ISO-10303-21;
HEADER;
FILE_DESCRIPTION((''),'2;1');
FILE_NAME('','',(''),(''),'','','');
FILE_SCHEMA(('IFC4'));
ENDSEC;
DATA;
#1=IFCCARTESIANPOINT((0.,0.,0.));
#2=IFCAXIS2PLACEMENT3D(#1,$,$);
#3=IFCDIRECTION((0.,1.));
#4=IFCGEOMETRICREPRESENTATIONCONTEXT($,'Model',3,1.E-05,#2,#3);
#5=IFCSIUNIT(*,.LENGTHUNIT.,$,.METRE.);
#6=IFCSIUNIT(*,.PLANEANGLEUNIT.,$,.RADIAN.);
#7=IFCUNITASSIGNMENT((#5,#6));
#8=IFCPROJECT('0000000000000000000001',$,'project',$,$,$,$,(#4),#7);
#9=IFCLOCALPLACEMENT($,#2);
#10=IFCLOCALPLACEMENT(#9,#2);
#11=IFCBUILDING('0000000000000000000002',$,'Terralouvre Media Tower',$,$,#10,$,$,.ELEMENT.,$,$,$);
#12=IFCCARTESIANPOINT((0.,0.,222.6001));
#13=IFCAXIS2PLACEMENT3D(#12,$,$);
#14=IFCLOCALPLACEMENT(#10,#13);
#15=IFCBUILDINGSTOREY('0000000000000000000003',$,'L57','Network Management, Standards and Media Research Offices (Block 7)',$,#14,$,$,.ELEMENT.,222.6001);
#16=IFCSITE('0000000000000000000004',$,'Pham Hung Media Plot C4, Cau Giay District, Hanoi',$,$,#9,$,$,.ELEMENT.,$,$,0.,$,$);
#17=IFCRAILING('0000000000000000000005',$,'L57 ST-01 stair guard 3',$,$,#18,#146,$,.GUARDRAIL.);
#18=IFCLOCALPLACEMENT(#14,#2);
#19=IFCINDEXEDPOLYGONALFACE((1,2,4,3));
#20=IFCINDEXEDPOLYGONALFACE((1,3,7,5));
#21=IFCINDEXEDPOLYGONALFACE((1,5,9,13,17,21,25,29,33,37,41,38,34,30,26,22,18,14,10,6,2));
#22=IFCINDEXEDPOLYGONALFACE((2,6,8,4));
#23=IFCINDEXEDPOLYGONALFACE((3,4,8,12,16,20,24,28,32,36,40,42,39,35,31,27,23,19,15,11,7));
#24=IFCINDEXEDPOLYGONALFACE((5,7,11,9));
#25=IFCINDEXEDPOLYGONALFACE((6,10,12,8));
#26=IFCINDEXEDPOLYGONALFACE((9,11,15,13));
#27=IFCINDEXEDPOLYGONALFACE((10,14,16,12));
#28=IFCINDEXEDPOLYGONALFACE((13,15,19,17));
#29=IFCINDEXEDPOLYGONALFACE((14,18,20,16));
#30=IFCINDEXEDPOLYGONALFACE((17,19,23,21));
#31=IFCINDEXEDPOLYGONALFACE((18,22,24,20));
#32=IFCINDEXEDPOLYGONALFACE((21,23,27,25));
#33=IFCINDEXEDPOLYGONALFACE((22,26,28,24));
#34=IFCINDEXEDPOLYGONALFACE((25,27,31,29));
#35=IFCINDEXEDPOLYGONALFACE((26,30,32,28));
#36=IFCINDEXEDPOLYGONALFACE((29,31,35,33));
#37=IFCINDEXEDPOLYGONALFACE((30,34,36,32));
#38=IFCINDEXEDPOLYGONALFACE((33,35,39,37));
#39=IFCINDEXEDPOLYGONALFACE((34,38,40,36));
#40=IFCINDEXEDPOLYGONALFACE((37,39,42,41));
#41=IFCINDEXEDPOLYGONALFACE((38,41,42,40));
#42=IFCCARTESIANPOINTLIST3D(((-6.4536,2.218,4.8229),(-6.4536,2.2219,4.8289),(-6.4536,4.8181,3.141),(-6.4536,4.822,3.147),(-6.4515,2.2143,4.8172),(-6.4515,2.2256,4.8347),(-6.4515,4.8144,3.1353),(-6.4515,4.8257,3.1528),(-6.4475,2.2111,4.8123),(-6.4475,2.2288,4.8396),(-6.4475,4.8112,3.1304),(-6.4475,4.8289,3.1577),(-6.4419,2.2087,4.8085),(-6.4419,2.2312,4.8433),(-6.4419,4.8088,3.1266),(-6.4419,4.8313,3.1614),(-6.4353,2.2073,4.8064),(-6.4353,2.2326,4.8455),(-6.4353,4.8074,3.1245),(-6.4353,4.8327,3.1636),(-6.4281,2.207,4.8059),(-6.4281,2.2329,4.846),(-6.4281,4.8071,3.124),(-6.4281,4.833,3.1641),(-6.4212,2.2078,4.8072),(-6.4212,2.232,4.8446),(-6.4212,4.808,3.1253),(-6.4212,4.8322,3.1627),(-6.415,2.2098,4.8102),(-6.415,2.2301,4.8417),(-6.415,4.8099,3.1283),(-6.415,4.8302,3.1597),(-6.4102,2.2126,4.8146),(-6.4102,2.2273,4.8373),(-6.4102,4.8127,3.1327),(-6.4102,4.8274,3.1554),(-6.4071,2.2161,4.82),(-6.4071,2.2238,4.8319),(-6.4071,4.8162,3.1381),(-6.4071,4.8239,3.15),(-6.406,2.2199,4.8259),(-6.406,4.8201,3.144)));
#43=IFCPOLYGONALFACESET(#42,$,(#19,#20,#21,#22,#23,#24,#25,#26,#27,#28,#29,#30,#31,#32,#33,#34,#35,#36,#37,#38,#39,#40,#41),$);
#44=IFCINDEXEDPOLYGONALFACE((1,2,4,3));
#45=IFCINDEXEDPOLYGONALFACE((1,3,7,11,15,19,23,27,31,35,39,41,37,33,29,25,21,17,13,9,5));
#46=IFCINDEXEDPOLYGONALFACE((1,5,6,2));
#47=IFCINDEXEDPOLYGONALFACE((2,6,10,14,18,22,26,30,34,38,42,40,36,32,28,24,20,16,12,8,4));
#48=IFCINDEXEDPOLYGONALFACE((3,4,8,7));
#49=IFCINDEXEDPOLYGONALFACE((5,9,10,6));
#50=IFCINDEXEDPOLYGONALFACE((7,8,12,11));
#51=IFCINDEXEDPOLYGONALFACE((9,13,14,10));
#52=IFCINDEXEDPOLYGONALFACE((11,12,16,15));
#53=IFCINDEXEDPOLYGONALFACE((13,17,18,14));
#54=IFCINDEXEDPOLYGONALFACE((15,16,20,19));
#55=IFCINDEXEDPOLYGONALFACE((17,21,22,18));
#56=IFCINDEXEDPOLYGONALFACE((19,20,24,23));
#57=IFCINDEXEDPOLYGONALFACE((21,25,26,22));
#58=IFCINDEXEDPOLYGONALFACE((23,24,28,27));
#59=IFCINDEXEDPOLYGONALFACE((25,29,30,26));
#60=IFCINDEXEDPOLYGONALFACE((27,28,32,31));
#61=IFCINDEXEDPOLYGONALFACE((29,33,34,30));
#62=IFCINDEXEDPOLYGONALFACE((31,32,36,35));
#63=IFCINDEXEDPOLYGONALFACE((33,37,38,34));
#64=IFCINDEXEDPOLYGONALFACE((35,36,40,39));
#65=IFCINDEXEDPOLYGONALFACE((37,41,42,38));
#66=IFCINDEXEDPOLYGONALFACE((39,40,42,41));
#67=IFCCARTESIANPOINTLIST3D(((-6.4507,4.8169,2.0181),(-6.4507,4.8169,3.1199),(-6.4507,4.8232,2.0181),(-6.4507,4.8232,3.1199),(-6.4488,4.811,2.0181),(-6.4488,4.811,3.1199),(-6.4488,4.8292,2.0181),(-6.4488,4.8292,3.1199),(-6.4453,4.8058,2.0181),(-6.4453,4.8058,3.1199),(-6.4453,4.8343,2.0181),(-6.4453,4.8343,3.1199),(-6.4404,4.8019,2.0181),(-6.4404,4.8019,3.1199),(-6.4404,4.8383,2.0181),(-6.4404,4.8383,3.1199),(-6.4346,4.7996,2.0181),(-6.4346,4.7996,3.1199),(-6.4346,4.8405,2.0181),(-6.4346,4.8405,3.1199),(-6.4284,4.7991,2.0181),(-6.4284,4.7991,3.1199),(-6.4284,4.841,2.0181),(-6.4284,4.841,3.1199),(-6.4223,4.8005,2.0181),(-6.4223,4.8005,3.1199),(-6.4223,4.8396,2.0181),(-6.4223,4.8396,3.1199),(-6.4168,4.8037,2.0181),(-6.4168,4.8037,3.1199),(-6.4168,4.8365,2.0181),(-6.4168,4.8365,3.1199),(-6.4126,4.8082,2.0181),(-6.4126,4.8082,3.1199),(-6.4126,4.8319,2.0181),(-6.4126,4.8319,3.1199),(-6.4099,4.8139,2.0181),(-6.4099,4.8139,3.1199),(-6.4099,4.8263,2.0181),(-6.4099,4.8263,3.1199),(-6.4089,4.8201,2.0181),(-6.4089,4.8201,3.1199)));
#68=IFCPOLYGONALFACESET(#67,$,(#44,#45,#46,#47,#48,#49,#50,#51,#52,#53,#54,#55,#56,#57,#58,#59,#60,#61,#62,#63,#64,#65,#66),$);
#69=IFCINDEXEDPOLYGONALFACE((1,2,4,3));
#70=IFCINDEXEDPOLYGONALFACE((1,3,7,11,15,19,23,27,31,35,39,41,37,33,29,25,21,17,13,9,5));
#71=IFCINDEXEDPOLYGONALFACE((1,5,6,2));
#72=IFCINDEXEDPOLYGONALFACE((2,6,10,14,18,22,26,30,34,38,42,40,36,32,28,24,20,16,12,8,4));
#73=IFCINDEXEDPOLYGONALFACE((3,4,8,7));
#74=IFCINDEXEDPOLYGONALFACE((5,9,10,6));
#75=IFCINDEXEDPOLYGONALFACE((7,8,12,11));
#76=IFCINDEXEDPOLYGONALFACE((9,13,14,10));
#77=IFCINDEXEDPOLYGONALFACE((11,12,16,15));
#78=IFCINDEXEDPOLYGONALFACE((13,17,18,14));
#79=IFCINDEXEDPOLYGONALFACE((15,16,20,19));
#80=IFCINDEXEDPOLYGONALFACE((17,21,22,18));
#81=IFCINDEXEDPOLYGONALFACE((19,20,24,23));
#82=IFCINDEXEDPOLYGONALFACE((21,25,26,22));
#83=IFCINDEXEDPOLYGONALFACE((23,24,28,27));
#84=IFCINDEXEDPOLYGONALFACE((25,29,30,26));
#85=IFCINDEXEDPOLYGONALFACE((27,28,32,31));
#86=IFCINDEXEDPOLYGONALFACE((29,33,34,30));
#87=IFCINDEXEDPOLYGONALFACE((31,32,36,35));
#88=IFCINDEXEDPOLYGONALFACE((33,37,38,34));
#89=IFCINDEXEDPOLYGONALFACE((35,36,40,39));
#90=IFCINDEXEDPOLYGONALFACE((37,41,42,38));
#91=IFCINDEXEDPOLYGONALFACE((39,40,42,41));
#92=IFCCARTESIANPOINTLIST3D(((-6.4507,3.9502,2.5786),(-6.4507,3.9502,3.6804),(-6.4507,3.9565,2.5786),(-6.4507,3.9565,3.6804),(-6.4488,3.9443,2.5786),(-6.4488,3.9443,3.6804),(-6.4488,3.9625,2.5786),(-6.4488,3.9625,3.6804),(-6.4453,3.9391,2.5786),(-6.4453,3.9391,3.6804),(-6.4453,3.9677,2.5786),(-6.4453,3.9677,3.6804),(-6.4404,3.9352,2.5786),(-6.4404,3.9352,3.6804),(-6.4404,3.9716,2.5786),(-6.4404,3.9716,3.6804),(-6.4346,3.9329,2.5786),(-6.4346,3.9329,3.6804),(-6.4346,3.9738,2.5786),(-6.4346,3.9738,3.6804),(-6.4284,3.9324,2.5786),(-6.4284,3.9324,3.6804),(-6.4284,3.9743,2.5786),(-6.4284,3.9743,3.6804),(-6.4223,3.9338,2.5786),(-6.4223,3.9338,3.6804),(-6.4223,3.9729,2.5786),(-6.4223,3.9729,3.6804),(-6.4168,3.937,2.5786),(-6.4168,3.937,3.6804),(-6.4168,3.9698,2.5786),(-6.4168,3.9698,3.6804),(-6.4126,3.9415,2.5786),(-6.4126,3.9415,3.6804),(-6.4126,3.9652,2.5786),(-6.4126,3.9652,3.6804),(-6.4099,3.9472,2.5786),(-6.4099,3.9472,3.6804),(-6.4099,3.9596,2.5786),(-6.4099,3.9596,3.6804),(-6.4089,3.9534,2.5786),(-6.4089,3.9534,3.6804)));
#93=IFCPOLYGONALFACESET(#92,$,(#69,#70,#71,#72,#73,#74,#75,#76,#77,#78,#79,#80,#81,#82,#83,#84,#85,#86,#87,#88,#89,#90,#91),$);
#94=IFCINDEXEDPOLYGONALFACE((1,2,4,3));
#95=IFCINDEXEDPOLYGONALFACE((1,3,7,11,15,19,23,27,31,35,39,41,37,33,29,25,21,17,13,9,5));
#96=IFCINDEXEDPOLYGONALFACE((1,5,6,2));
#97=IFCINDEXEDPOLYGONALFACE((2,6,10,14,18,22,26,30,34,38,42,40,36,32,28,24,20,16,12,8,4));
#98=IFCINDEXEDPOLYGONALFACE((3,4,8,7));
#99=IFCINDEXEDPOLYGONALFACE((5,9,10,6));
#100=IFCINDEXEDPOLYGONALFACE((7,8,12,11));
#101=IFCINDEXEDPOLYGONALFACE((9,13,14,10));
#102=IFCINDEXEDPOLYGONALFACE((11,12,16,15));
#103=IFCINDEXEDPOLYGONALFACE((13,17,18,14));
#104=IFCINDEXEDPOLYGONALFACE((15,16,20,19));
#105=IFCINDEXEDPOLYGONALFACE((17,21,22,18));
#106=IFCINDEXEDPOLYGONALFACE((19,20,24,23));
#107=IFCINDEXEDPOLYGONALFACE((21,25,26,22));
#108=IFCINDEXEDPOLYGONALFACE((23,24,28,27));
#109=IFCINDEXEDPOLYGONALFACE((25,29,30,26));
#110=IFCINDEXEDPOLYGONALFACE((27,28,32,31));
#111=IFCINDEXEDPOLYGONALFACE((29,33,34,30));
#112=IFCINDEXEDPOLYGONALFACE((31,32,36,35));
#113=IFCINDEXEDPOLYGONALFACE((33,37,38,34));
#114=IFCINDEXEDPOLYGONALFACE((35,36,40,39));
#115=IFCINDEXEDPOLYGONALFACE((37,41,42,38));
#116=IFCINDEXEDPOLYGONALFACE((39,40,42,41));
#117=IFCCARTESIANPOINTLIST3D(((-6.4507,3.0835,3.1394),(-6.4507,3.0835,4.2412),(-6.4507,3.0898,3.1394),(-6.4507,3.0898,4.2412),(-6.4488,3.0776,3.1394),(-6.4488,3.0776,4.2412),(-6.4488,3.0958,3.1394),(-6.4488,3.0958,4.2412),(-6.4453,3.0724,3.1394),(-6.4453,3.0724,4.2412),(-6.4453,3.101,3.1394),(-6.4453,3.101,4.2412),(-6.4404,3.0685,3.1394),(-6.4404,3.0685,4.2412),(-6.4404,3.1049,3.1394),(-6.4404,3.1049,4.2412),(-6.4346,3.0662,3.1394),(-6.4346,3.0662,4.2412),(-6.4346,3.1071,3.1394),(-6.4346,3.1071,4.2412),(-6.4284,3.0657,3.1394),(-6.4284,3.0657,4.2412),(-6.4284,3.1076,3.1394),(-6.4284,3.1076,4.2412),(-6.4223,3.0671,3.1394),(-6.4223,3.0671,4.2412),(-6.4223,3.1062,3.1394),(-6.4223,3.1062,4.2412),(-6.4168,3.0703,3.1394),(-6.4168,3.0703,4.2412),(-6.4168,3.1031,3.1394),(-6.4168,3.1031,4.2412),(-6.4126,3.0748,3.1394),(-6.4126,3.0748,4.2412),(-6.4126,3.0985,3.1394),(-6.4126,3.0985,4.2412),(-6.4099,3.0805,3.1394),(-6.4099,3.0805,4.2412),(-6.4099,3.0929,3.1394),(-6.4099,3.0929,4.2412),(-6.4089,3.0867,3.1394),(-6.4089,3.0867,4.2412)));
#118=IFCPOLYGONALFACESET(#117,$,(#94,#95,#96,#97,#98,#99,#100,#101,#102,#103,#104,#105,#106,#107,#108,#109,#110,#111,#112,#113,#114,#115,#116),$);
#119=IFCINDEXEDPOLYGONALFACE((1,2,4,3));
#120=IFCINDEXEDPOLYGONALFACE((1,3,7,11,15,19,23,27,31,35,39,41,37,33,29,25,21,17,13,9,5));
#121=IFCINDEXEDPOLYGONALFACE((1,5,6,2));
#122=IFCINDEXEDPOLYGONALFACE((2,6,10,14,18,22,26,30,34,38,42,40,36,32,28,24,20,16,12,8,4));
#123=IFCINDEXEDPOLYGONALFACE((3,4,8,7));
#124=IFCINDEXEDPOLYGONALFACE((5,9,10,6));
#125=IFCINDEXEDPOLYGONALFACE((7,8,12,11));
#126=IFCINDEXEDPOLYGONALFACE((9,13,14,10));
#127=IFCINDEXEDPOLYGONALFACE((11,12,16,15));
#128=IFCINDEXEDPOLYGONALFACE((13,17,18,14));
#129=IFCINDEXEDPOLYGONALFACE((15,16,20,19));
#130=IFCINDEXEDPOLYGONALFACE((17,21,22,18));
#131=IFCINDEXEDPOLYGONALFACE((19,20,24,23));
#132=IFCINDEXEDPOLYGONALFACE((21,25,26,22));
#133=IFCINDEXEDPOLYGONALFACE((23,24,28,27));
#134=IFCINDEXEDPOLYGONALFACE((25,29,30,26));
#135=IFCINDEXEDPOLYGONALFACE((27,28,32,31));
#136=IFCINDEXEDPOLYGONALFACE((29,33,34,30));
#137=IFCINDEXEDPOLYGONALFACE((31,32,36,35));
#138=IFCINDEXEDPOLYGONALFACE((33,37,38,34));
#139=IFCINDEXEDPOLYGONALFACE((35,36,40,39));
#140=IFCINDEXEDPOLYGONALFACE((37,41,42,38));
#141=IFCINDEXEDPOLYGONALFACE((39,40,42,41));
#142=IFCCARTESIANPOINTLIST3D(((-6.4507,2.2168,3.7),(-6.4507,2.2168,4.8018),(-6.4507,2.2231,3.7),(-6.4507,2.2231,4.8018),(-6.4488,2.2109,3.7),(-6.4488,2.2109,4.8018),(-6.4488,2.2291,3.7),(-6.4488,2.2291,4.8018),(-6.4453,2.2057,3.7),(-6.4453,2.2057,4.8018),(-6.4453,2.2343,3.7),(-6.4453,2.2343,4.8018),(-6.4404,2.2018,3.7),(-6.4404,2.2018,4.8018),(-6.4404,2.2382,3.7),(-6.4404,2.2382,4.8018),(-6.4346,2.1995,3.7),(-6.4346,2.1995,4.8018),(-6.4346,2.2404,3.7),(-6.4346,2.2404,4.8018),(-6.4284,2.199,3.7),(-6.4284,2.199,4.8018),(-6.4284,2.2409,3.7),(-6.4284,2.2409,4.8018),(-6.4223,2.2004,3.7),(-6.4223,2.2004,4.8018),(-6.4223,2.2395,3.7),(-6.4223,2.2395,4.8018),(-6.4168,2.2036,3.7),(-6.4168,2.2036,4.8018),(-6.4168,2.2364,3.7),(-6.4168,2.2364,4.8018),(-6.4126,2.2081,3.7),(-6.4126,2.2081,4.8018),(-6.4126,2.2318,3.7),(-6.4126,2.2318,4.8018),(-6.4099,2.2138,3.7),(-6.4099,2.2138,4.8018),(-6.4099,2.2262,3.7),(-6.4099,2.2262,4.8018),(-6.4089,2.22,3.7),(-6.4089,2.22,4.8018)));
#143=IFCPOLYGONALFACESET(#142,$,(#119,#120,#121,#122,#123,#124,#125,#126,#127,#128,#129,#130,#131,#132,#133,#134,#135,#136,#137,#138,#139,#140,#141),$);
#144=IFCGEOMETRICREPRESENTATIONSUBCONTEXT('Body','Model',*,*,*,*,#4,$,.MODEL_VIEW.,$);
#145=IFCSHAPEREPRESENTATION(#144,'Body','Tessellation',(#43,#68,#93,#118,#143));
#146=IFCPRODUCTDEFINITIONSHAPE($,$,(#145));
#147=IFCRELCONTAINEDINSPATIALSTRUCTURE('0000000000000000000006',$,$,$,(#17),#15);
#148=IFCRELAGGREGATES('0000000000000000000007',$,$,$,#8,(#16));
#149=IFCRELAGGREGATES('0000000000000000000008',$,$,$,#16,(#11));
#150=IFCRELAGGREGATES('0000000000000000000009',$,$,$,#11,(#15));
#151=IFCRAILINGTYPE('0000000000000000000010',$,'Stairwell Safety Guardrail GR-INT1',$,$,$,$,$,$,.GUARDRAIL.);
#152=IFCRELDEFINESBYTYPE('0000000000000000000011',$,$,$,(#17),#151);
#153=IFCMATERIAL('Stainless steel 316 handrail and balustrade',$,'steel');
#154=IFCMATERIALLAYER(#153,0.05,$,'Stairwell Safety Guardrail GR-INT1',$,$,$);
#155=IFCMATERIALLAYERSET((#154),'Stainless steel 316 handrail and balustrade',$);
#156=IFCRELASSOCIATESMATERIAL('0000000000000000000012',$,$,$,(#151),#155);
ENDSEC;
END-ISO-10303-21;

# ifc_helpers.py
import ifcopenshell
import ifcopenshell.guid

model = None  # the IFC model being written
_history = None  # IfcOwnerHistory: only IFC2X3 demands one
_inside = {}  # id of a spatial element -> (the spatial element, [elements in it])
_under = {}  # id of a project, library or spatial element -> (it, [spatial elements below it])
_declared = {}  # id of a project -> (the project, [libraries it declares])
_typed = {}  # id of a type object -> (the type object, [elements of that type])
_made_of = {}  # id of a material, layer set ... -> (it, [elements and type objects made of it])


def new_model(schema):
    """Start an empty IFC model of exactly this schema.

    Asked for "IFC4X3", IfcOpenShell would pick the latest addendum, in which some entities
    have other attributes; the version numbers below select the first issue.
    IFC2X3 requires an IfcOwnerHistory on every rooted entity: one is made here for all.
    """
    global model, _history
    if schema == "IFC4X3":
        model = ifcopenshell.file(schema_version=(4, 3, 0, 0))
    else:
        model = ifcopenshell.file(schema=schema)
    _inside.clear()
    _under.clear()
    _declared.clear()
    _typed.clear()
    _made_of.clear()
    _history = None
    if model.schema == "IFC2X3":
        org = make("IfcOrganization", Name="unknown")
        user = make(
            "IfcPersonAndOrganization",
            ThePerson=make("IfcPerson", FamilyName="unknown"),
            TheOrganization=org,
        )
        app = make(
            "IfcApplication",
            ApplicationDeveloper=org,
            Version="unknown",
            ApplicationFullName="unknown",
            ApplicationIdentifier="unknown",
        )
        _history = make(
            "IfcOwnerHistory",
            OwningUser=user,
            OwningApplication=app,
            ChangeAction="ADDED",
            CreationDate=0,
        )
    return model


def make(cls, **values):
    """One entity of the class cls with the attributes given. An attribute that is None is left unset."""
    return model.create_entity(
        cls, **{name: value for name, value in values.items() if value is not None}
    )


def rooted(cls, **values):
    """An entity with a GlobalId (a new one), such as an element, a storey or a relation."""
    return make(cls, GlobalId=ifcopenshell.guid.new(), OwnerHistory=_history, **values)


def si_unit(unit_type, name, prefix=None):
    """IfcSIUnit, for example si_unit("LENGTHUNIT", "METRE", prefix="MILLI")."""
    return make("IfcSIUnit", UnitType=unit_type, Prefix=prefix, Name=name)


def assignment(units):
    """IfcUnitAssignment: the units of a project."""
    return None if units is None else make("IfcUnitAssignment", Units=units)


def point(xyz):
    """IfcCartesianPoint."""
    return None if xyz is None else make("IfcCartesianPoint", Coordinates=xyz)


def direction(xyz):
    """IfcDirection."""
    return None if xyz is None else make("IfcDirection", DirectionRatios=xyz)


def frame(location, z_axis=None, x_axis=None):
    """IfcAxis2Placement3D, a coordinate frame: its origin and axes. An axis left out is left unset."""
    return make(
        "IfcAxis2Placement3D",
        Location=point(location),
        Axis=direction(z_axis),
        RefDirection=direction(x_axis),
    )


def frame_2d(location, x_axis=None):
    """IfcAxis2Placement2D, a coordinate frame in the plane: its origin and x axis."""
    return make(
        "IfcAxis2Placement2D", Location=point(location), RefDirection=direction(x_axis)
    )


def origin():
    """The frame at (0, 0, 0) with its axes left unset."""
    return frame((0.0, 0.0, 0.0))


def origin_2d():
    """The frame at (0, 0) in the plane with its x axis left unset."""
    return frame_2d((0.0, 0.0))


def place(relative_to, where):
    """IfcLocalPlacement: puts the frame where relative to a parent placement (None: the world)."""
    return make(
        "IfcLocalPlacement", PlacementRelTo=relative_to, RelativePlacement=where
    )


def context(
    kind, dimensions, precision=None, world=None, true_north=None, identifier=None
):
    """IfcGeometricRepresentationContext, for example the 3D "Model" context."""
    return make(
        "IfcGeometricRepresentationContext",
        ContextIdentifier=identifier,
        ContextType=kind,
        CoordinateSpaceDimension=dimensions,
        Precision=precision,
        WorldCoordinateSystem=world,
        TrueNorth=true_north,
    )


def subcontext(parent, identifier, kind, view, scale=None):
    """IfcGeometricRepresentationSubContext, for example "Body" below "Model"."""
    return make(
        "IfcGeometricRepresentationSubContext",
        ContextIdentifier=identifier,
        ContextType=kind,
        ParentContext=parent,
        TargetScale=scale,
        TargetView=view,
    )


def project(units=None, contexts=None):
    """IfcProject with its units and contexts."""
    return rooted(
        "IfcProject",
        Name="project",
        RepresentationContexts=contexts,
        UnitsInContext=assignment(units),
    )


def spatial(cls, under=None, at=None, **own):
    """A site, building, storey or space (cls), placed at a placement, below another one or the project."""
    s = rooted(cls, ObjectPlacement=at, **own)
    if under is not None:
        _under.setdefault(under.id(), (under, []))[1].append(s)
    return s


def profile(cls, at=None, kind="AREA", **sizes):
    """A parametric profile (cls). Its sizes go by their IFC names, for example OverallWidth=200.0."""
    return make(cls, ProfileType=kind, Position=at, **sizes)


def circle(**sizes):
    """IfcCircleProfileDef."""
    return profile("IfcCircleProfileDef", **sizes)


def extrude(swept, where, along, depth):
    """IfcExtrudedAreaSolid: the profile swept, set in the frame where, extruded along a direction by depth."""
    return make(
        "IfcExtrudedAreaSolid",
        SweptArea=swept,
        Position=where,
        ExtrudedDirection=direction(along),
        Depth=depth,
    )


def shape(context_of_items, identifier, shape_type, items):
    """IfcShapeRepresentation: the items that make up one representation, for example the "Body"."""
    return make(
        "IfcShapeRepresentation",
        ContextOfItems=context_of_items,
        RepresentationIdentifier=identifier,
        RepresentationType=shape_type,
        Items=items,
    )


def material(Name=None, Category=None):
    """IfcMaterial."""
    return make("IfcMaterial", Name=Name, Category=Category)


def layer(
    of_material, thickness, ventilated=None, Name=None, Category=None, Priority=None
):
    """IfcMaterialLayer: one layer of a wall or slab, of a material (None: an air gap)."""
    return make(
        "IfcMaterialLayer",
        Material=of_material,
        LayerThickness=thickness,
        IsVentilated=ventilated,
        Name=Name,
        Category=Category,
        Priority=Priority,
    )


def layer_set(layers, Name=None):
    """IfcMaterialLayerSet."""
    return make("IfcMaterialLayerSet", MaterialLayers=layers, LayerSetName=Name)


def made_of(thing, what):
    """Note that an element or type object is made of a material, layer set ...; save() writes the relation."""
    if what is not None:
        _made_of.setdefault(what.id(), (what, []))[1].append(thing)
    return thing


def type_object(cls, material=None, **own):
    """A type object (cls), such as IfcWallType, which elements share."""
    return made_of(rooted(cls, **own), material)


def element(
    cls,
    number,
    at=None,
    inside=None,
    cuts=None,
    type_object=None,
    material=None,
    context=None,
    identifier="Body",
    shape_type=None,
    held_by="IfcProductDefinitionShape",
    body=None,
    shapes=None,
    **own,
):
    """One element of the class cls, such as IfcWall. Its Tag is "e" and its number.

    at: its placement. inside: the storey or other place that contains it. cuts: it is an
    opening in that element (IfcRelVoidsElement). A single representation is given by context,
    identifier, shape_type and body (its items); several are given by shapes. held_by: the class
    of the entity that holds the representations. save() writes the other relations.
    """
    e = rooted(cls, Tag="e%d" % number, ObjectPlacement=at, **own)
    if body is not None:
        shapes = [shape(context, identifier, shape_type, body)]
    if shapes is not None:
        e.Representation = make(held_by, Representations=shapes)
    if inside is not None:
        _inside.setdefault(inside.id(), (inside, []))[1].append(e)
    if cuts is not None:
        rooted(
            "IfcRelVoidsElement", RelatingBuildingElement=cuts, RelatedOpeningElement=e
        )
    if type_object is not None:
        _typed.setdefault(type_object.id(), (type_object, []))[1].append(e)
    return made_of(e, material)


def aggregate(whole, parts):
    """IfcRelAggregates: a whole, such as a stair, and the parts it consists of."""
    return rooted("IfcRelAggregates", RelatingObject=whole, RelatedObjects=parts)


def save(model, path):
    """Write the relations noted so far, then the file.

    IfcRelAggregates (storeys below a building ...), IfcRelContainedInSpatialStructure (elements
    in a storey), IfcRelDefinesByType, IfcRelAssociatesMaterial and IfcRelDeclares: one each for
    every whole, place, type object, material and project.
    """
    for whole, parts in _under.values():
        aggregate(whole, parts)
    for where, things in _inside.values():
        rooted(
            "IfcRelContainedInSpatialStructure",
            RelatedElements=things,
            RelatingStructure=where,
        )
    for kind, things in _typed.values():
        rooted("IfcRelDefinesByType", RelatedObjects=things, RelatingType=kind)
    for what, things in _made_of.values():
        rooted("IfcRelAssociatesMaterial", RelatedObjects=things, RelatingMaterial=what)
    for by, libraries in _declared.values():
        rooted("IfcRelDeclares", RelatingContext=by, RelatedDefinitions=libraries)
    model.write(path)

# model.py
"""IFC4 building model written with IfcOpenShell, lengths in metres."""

from ifc_helpers import new_model, si_unit, direction, frame, origin, origin_2d, place, context, subcontext, project, spatial, circle, extrude, material, layer, layer_set, type_object, element, save


model = new_model("IFC4")

# Units and contexts
model_context = context("Model", 3, precision=1e-05, world=origin(), true_north=direction((0.0, 1.0)))
body_context = subcontext(model_context, "Body", "Model", "MODEL_VIEW")
ifc_project = project(units=[si_unit("LENGTHUNIT", "METRE"), si_unit("PLANEANGLEUNIT", "RADIAN")], contexts=[model_context])

# Site, building, storey
site_placement = place(None, origin())
site = spatial("IfcSite", under=ifc_project, at=site_placement, Name="Pham Hung Media Plot C4, Cau Giay District, Hanoi", CompositionType="ELEMENT", RefElevation=0.0)
building_placement = place(site_placement, origin())
building = spatial("IfcBuilding", under=site, at=building_placement, Name="Terralouvre Media Tower", CompositionType="ELEMENT")
storey_placement = place(building_placement, frame((0.0, 0.0, 222.6001)))
storey = spatial("IfcBuildingStorey", under=building, at=storey_placement, Name="L57", Description="Network Management, Standards and Media Research Offices (Block 7)", CompositionType="ELEMENT", Elevation=222.6001)

# Railing
ifc_material_1 = material(Name="Stainless steel 316 handrail and balustrade", Category="steel")
ifc_layer_1 = layer(ifc_material_1, 0.05, Name="Stairwell Safety Guardrail GR-INT1")
ifc_layer_set_1 = layer_set([ifc_layer_1], Name="Stainless steel 316 handrail and balustrade")
railing_type_1 = type_object("IfcRailingType", Name="Stairwell Safety Guardrail GR-INT1", PredefinedType="GUARDRAIL", material=ifc_layer_set_1)
railing_1_placement = place(storey_placement, frame((-6.4299, 4.8201, 2.0181)))
element("IfcRailing", 1, at=railing_1_placement, inside=storey, type_object=railing_type_1, Name="L57 ST-01 stair guard 3", PredefinedType="GUARDRAIL", context=body_context, shape_type="SweptSolid", body=[
    extrude(circle(Radius=0.0239, at=origin_2d()), frame((0.0, 0.0, 1.126), z_axis=(0.0, -0.839648, 0.54313), x_axis=(1.0, 0.0, 0.0)), (0.0, 0.0, 1.0), 3.0967),
    extrude(circle(Radius=0.021, at=origin_2d()), origin(), (0.0, 0.0, 1.0), 1.1018),
    extrude(circle(Radius=0.021, at=origin_2d()), frame((0.0, -0.8667, 0.5605)), (0.0, 0.0, 1.0), 1.1018),
    extrude(circle(Radius=0.021, at=origin_2d()), frame((0.0, -1.7334, 1.1213)), (0.0, 0.0, 1.0), 1.1018),
    extrude(circle(Radius=0.021, at=origin_2d()), frame((0.0, -2.6001, 1.6819)), (0.0, 0.0, 1.0), 1.1018),
])

save(model, "model.ifc")
